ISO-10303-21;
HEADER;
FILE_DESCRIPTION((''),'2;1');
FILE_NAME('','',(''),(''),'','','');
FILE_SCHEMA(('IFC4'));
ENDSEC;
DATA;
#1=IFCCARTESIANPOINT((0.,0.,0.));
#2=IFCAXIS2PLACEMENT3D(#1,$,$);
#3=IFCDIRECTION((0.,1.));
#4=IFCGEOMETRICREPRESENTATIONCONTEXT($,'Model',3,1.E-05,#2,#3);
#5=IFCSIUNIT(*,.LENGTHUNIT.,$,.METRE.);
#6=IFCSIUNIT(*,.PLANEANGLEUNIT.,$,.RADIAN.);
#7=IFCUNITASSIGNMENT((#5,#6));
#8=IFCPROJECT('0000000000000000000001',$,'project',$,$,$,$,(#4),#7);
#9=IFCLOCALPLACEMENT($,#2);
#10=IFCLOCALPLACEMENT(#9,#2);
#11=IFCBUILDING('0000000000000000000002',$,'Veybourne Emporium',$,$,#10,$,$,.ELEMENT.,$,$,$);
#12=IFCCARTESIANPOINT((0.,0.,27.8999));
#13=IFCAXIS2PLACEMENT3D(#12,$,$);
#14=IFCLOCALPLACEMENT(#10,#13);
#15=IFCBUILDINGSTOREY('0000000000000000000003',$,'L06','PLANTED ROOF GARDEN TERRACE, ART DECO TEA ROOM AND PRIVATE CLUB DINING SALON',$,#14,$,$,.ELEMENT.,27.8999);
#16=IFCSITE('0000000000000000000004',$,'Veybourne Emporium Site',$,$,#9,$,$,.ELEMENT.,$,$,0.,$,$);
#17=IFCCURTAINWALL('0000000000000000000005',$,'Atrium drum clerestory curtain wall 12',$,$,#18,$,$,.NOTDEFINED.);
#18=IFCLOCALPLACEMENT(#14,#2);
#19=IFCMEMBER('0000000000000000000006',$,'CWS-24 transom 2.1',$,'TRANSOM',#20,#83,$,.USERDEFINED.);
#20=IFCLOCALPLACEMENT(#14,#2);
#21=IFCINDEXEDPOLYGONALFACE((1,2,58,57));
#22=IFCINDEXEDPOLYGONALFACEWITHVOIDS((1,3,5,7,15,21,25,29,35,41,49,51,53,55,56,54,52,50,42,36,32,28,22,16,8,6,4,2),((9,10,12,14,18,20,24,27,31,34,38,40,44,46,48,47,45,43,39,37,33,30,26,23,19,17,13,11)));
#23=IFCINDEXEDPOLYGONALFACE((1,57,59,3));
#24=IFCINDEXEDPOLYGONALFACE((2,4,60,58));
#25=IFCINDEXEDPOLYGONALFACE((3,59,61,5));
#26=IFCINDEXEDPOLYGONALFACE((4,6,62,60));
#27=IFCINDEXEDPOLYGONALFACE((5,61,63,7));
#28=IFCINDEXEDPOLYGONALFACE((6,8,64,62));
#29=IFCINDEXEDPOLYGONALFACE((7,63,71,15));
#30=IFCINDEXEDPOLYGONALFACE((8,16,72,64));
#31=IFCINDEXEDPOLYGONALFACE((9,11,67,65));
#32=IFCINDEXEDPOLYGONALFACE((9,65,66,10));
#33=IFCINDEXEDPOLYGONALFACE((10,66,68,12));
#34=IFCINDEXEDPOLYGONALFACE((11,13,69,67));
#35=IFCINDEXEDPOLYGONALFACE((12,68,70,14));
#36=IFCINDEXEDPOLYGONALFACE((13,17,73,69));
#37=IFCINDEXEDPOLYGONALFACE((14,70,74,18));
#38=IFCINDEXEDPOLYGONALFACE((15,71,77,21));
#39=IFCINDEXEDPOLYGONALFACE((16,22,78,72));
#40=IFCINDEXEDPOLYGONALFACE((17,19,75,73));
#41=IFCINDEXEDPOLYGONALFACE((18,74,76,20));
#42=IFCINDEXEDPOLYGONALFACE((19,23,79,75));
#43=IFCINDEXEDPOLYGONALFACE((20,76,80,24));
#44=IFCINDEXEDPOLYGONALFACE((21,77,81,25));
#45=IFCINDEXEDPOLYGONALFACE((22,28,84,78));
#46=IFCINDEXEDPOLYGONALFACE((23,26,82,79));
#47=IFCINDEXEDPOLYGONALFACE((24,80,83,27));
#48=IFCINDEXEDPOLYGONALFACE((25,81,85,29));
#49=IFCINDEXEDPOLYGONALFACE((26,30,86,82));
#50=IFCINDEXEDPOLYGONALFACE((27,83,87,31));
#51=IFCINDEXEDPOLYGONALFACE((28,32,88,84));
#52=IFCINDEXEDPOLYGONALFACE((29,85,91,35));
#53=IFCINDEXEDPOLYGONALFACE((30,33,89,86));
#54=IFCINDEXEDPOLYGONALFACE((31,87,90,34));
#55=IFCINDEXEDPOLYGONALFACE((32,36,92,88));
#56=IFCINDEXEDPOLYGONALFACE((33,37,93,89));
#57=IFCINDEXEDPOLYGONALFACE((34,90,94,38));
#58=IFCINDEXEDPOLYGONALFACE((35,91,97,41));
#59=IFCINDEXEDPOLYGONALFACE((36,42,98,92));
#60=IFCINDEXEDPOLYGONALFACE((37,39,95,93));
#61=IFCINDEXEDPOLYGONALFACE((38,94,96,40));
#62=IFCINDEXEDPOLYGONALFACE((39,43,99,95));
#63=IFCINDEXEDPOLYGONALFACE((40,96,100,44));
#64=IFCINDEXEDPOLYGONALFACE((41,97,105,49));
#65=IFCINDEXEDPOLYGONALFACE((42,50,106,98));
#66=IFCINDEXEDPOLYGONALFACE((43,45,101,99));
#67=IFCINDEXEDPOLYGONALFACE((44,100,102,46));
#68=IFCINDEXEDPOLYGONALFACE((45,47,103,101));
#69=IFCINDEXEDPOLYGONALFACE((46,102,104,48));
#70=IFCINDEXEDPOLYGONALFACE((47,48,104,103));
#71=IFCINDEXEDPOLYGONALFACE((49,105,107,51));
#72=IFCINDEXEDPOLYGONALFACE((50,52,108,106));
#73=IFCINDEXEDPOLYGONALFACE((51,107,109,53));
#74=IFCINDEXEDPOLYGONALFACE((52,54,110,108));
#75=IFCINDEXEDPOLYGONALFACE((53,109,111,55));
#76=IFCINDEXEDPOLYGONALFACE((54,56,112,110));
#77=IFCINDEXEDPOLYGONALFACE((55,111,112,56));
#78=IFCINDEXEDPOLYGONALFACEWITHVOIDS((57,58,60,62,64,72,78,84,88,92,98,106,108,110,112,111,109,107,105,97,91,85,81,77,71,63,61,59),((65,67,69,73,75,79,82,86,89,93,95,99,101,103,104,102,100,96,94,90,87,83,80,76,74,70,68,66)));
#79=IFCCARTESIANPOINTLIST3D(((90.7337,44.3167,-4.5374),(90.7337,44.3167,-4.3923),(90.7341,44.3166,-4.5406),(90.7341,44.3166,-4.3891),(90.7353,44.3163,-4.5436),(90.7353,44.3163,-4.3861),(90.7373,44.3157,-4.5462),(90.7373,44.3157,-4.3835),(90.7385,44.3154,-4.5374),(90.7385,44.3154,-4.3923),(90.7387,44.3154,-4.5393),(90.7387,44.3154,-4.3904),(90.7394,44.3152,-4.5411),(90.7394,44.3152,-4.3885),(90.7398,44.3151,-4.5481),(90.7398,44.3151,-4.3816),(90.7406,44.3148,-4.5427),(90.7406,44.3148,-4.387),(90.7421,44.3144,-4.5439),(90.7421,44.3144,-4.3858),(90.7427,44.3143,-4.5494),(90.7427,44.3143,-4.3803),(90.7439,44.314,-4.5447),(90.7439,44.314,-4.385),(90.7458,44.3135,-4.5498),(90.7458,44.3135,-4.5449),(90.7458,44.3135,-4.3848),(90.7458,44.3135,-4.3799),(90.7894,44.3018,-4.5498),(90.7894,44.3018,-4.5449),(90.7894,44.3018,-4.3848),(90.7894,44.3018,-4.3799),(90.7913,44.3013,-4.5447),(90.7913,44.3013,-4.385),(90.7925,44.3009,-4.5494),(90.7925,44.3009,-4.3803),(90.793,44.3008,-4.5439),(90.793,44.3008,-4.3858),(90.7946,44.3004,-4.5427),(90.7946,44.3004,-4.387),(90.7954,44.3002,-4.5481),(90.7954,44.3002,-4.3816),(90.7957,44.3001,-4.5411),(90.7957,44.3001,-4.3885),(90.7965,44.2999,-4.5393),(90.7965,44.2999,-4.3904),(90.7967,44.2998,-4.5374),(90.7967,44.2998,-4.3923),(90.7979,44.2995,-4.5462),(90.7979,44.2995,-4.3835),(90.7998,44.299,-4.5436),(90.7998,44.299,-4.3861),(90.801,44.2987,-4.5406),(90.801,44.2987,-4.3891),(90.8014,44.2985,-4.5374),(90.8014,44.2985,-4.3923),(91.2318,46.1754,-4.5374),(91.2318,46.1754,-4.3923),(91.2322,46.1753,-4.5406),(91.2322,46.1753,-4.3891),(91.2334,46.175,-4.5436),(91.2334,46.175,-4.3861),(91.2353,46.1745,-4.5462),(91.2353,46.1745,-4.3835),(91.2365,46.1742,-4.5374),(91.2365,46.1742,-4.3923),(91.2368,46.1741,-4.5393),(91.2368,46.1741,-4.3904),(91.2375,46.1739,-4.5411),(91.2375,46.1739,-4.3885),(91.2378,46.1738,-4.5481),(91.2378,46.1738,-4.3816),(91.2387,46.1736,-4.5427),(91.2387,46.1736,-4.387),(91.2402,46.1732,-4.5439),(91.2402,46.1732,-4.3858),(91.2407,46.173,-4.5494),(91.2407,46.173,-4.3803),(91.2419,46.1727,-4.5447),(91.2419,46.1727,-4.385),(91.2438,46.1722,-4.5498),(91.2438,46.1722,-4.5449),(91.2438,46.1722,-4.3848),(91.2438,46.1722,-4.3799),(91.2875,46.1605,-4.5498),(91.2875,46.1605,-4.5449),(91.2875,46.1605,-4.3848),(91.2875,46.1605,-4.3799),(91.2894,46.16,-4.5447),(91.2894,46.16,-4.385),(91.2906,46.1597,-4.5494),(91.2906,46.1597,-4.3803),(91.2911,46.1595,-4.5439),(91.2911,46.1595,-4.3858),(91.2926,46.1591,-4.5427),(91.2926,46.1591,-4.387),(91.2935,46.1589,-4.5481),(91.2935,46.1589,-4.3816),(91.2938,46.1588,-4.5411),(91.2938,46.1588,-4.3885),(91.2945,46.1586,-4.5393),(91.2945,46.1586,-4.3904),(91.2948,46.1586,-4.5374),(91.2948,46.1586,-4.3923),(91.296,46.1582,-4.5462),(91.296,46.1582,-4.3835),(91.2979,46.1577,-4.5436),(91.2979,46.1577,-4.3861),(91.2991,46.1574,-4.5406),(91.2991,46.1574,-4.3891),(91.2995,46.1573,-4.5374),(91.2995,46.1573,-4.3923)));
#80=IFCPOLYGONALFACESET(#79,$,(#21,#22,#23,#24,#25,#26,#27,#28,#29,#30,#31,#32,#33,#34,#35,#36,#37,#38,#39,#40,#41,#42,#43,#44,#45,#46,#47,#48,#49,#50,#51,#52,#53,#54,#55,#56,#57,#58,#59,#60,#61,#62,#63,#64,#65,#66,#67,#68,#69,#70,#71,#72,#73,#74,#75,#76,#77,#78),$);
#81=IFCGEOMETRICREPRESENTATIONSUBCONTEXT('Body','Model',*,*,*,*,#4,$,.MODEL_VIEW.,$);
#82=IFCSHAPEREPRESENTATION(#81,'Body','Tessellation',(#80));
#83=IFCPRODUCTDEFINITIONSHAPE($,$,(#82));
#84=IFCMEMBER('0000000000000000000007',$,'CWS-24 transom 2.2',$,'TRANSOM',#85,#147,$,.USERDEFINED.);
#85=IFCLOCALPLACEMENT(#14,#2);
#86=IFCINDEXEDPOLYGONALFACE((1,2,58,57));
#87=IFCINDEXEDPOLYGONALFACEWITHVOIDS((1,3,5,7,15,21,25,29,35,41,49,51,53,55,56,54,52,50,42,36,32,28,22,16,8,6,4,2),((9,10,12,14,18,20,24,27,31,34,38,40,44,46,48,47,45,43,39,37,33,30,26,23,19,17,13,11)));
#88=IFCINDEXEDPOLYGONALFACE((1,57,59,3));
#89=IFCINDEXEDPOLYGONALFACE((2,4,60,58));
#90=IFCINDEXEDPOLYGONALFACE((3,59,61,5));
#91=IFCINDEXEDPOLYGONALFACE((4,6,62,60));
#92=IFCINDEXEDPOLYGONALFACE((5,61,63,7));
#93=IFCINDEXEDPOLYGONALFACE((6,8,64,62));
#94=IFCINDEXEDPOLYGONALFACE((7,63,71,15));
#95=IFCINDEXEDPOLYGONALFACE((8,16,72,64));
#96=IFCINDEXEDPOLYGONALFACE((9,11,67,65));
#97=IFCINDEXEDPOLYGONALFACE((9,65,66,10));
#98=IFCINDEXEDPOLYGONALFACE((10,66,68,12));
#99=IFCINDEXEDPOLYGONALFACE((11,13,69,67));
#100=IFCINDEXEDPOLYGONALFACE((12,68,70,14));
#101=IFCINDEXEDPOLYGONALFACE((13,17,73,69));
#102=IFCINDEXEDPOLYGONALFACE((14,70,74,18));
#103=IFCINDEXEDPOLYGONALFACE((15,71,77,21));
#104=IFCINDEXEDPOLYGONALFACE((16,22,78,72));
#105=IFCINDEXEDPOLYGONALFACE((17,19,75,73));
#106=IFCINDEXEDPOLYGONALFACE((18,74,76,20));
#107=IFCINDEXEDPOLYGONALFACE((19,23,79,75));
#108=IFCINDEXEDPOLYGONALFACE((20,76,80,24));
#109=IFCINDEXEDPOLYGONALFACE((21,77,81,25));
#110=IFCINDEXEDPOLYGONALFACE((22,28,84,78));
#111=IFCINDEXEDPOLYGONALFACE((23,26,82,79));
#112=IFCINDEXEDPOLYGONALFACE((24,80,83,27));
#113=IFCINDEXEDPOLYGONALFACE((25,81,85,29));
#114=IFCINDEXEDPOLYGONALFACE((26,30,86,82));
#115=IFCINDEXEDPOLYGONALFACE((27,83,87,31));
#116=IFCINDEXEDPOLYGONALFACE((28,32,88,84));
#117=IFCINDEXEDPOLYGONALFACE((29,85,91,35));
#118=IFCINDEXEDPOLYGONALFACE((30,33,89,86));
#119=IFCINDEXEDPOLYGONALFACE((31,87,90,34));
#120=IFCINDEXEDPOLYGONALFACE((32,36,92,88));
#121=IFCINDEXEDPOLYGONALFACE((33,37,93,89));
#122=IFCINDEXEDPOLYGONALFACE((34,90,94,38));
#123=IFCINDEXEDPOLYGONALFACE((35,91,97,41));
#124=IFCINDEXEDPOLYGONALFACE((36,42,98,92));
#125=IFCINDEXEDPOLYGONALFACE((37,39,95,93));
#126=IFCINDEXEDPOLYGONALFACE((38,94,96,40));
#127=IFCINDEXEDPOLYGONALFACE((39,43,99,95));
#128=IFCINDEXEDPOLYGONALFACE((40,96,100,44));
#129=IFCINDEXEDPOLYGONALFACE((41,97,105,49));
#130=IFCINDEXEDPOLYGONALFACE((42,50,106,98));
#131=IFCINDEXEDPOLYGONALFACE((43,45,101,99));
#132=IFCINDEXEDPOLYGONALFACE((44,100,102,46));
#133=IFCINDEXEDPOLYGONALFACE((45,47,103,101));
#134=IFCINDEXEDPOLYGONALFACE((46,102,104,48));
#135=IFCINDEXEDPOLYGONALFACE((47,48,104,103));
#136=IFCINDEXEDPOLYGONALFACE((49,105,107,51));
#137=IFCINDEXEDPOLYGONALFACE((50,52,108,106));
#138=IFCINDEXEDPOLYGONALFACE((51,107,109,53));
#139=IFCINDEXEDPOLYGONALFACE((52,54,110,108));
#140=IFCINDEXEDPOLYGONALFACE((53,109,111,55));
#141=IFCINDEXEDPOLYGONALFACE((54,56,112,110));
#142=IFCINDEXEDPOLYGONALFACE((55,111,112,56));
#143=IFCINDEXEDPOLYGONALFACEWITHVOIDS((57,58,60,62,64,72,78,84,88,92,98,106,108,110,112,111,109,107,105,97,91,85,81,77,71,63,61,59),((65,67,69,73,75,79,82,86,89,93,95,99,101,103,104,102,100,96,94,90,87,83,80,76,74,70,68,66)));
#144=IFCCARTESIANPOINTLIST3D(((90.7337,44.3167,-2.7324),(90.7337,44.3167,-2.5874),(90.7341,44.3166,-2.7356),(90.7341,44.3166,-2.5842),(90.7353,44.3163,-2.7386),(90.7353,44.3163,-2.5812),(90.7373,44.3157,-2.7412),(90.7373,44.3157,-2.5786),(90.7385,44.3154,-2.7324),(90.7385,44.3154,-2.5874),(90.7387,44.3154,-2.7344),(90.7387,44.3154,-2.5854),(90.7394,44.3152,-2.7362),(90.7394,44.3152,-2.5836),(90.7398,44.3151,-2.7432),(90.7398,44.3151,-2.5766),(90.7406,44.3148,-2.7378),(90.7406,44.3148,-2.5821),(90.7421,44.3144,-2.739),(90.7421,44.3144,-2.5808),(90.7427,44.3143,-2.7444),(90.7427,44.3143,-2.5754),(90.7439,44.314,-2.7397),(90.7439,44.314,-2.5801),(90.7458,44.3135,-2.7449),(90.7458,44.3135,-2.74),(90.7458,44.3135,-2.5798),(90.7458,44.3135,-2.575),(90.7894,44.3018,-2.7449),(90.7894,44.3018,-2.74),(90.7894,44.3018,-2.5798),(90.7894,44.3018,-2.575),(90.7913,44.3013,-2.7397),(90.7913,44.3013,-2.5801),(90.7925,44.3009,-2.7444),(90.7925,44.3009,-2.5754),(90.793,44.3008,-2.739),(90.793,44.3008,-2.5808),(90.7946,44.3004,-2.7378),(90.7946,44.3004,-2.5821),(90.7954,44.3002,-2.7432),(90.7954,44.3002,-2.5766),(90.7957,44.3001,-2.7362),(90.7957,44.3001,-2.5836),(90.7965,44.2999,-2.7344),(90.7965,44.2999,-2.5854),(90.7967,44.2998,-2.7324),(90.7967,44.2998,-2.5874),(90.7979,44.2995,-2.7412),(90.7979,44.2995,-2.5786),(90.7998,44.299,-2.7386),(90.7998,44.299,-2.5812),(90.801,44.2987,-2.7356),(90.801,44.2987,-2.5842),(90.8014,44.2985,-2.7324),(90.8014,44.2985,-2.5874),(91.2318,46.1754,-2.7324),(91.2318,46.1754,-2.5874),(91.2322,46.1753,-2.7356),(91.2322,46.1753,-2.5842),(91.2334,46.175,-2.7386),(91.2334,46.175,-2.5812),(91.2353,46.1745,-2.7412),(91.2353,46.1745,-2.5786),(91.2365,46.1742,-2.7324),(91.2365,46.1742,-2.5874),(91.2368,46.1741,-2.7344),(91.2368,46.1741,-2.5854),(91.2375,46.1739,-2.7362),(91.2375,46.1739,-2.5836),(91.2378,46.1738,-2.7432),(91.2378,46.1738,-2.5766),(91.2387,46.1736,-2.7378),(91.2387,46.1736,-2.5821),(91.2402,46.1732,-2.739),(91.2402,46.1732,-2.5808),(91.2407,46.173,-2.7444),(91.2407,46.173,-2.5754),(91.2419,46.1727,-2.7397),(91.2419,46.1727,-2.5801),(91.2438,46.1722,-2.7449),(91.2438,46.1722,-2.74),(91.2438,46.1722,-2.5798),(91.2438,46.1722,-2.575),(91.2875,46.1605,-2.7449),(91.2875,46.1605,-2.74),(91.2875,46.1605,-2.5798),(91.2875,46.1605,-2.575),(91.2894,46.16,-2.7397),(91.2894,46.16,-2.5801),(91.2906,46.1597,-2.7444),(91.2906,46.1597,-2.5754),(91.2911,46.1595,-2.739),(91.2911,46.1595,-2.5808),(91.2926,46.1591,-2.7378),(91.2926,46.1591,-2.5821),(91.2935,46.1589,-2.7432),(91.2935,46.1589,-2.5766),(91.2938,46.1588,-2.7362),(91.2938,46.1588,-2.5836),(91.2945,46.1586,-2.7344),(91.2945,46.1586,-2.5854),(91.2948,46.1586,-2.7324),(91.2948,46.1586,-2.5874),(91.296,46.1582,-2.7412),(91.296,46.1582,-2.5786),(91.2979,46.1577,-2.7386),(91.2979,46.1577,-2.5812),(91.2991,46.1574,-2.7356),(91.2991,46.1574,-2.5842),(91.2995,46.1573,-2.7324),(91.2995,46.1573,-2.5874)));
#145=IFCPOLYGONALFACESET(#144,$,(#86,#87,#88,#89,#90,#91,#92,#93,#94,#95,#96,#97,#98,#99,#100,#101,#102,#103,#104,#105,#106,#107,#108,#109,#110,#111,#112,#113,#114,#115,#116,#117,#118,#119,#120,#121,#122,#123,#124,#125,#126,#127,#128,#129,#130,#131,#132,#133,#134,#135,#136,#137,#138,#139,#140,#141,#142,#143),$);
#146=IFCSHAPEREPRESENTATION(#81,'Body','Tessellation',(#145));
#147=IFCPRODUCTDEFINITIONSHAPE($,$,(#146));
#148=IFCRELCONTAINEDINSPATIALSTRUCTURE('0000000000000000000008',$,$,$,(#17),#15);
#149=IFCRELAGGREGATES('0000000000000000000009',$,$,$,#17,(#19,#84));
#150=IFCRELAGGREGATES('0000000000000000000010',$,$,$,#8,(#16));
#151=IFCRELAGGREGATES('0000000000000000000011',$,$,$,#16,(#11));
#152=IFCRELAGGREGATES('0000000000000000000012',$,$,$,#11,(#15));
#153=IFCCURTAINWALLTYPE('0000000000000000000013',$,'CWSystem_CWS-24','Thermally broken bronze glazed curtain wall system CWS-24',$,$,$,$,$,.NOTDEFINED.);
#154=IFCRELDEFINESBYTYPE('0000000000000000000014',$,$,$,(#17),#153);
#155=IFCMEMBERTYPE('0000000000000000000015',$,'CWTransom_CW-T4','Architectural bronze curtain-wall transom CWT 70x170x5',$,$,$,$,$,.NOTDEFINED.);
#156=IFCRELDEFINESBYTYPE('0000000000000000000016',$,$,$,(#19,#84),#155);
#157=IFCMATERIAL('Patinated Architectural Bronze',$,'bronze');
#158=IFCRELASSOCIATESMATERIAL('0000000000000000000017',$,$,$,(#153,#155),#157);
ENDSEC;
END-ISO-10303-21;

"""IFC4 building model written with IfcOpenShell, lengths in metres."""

from ifc_helpers import new_model, si_unit, direction, frame, origin, origin_2d, place, context, subcontext, project, spatial, hollow_rectangle, extrude, material, material_profile, profile_set, type_object, element, aggregate, save


model = new_model("IFC4")

# Units and contexts
model_context = context("Model", 3, precision=1e-05, world=origin(), true_north=direction((0.0, 1.0)))
body_context = subcontext(model_context, "Body", "Model", "MODEL_VIEW")
ifc_project = project(units=[si_unit("LENGTHUNIT", "METRE"), si_unit("PLANEANGLEUNIT", "RADIAN")], contexts=[model_context])

# Site, building, storey
site_placement = place(None, origin())
site = spatial("IfcSite", under=ifc_project, at=site_placement, Name="Veybourne Emporium Site", CompositionType="ELEMENT", RefElevation=0.0)
building_placement = place(site_placement, origin())
building = spatial("IfcBuilding", under=site, at=building_placement, Name="Veybourne Emporium", CompositionType="ELEMENT")
storey_placement = place(building_placement, frame((0.0, 0.0, 27.8999)))
storey = spatial("IfcBuildingStorey", under=building, at=storey_placement, Name="L06", Description="PLANTED ROOF GARDEN TERRACE, ART DECO TEA ROOM AND PRIVATE CLUB DINING SALON", CompositionType="ELEMENT", Elevation=27.8999)

# Shared definitions
ifc_material_1 = material(Name="Patinated Architectural Bronze", Category="bronze")

# Curtain wall
curtain_wall_type_1 = type_object("IfcCurtainWallType", Name="CWSystem_CWS-24", Description="Thermally broken bronze glazed curtain wall system CWS-24", PredefinedType="NOTDEFINED", material=ifc_material_1)
curtain_wall_1_placement = place(storey_placement, origin())
curtain_wall_1 = element("IfcCurtainWall", 1, at=curtain_wall_1_placement, inside=storey, type_object=curtain_wall_type_1, Name="Atrium drum clerestory curtain wall 12", PredefinedType="NOTDEFINED")

# Members
ifc_material_profile_1 = material_profile(ifc_material_1, hollow_rectangle(XDim=0.0701, YDim=0.1699, WallThickness=0.0049, InnerFilletRadius=0.0076, OuterFilletRadius=0.0125, at=origin_2d()), Name="CWT 70x170x5")
ifc_profile_set_1 = profile_set([ifc_material_profile_1], Name="Patinated Architectural Bronze")
member_type_1 = type_object("IfcMemberType", Name="CWTransom_CW-T4", Description="Architectural bronze curtain-wall transom CWT 70x170x5", PredefinedType="NOTDEFINED", material=ifc_profile_set_1)
member_1_placement = place(storey_placement, frame((90.7676, 44.3076, -4.4648), z_axis=(0.258831, 0.965923, 0.0), x_axis=(-0.965923, 0.258831, 0.0)))
member_1 = element("IfcMember", 2, at=member_1_placement, type_object=member_type_1, Name="CWS-24 transom 2.1", ObjectType="TRANSOM", PredefinedType="USERDEFINED", context=body_context, shape_type="SweptSolid", body=[
    extrude(hollow_rectangle(XDim=0.0701, YDim=0.1699, WallThickness=0.0049, InnerFilletRadius=0.0076, OuterFilletRadius=0.0125, at=origin_2d()), origin(), (0.0, 0.0, 1.0), 1.9243),
])
member_2_placement = place(storey_placement, frame((90.7676, 44.3076, -2.6599), z_axis=(0.258831, 0.965923, 0.0), x_axis=(-0.965923, 0.258831, 0.0)))
member_2 = element("IfcMember", 3, at=member_2_placement, type_object=member_type_1, Name="CWS-24 transom 2.2", ObjectType="TRANSOM", PredefinedType="USERDEFINED", context=body_context, shape_type="SweptSolid", body=[
    extrude(hollow_rectangle(XDim=0.0701, YDim=0.1699, WallThickness=0.0049, InnerFilletRadius=0.0076, OuterFilletRadius=0.0125, at=origin_2d()), origin(), (0.0, 0.0, 1.0), 1.9243),
])

aggregate(curtain_wall_1, [member_1, member_2])

save(model, "model.ifc")
